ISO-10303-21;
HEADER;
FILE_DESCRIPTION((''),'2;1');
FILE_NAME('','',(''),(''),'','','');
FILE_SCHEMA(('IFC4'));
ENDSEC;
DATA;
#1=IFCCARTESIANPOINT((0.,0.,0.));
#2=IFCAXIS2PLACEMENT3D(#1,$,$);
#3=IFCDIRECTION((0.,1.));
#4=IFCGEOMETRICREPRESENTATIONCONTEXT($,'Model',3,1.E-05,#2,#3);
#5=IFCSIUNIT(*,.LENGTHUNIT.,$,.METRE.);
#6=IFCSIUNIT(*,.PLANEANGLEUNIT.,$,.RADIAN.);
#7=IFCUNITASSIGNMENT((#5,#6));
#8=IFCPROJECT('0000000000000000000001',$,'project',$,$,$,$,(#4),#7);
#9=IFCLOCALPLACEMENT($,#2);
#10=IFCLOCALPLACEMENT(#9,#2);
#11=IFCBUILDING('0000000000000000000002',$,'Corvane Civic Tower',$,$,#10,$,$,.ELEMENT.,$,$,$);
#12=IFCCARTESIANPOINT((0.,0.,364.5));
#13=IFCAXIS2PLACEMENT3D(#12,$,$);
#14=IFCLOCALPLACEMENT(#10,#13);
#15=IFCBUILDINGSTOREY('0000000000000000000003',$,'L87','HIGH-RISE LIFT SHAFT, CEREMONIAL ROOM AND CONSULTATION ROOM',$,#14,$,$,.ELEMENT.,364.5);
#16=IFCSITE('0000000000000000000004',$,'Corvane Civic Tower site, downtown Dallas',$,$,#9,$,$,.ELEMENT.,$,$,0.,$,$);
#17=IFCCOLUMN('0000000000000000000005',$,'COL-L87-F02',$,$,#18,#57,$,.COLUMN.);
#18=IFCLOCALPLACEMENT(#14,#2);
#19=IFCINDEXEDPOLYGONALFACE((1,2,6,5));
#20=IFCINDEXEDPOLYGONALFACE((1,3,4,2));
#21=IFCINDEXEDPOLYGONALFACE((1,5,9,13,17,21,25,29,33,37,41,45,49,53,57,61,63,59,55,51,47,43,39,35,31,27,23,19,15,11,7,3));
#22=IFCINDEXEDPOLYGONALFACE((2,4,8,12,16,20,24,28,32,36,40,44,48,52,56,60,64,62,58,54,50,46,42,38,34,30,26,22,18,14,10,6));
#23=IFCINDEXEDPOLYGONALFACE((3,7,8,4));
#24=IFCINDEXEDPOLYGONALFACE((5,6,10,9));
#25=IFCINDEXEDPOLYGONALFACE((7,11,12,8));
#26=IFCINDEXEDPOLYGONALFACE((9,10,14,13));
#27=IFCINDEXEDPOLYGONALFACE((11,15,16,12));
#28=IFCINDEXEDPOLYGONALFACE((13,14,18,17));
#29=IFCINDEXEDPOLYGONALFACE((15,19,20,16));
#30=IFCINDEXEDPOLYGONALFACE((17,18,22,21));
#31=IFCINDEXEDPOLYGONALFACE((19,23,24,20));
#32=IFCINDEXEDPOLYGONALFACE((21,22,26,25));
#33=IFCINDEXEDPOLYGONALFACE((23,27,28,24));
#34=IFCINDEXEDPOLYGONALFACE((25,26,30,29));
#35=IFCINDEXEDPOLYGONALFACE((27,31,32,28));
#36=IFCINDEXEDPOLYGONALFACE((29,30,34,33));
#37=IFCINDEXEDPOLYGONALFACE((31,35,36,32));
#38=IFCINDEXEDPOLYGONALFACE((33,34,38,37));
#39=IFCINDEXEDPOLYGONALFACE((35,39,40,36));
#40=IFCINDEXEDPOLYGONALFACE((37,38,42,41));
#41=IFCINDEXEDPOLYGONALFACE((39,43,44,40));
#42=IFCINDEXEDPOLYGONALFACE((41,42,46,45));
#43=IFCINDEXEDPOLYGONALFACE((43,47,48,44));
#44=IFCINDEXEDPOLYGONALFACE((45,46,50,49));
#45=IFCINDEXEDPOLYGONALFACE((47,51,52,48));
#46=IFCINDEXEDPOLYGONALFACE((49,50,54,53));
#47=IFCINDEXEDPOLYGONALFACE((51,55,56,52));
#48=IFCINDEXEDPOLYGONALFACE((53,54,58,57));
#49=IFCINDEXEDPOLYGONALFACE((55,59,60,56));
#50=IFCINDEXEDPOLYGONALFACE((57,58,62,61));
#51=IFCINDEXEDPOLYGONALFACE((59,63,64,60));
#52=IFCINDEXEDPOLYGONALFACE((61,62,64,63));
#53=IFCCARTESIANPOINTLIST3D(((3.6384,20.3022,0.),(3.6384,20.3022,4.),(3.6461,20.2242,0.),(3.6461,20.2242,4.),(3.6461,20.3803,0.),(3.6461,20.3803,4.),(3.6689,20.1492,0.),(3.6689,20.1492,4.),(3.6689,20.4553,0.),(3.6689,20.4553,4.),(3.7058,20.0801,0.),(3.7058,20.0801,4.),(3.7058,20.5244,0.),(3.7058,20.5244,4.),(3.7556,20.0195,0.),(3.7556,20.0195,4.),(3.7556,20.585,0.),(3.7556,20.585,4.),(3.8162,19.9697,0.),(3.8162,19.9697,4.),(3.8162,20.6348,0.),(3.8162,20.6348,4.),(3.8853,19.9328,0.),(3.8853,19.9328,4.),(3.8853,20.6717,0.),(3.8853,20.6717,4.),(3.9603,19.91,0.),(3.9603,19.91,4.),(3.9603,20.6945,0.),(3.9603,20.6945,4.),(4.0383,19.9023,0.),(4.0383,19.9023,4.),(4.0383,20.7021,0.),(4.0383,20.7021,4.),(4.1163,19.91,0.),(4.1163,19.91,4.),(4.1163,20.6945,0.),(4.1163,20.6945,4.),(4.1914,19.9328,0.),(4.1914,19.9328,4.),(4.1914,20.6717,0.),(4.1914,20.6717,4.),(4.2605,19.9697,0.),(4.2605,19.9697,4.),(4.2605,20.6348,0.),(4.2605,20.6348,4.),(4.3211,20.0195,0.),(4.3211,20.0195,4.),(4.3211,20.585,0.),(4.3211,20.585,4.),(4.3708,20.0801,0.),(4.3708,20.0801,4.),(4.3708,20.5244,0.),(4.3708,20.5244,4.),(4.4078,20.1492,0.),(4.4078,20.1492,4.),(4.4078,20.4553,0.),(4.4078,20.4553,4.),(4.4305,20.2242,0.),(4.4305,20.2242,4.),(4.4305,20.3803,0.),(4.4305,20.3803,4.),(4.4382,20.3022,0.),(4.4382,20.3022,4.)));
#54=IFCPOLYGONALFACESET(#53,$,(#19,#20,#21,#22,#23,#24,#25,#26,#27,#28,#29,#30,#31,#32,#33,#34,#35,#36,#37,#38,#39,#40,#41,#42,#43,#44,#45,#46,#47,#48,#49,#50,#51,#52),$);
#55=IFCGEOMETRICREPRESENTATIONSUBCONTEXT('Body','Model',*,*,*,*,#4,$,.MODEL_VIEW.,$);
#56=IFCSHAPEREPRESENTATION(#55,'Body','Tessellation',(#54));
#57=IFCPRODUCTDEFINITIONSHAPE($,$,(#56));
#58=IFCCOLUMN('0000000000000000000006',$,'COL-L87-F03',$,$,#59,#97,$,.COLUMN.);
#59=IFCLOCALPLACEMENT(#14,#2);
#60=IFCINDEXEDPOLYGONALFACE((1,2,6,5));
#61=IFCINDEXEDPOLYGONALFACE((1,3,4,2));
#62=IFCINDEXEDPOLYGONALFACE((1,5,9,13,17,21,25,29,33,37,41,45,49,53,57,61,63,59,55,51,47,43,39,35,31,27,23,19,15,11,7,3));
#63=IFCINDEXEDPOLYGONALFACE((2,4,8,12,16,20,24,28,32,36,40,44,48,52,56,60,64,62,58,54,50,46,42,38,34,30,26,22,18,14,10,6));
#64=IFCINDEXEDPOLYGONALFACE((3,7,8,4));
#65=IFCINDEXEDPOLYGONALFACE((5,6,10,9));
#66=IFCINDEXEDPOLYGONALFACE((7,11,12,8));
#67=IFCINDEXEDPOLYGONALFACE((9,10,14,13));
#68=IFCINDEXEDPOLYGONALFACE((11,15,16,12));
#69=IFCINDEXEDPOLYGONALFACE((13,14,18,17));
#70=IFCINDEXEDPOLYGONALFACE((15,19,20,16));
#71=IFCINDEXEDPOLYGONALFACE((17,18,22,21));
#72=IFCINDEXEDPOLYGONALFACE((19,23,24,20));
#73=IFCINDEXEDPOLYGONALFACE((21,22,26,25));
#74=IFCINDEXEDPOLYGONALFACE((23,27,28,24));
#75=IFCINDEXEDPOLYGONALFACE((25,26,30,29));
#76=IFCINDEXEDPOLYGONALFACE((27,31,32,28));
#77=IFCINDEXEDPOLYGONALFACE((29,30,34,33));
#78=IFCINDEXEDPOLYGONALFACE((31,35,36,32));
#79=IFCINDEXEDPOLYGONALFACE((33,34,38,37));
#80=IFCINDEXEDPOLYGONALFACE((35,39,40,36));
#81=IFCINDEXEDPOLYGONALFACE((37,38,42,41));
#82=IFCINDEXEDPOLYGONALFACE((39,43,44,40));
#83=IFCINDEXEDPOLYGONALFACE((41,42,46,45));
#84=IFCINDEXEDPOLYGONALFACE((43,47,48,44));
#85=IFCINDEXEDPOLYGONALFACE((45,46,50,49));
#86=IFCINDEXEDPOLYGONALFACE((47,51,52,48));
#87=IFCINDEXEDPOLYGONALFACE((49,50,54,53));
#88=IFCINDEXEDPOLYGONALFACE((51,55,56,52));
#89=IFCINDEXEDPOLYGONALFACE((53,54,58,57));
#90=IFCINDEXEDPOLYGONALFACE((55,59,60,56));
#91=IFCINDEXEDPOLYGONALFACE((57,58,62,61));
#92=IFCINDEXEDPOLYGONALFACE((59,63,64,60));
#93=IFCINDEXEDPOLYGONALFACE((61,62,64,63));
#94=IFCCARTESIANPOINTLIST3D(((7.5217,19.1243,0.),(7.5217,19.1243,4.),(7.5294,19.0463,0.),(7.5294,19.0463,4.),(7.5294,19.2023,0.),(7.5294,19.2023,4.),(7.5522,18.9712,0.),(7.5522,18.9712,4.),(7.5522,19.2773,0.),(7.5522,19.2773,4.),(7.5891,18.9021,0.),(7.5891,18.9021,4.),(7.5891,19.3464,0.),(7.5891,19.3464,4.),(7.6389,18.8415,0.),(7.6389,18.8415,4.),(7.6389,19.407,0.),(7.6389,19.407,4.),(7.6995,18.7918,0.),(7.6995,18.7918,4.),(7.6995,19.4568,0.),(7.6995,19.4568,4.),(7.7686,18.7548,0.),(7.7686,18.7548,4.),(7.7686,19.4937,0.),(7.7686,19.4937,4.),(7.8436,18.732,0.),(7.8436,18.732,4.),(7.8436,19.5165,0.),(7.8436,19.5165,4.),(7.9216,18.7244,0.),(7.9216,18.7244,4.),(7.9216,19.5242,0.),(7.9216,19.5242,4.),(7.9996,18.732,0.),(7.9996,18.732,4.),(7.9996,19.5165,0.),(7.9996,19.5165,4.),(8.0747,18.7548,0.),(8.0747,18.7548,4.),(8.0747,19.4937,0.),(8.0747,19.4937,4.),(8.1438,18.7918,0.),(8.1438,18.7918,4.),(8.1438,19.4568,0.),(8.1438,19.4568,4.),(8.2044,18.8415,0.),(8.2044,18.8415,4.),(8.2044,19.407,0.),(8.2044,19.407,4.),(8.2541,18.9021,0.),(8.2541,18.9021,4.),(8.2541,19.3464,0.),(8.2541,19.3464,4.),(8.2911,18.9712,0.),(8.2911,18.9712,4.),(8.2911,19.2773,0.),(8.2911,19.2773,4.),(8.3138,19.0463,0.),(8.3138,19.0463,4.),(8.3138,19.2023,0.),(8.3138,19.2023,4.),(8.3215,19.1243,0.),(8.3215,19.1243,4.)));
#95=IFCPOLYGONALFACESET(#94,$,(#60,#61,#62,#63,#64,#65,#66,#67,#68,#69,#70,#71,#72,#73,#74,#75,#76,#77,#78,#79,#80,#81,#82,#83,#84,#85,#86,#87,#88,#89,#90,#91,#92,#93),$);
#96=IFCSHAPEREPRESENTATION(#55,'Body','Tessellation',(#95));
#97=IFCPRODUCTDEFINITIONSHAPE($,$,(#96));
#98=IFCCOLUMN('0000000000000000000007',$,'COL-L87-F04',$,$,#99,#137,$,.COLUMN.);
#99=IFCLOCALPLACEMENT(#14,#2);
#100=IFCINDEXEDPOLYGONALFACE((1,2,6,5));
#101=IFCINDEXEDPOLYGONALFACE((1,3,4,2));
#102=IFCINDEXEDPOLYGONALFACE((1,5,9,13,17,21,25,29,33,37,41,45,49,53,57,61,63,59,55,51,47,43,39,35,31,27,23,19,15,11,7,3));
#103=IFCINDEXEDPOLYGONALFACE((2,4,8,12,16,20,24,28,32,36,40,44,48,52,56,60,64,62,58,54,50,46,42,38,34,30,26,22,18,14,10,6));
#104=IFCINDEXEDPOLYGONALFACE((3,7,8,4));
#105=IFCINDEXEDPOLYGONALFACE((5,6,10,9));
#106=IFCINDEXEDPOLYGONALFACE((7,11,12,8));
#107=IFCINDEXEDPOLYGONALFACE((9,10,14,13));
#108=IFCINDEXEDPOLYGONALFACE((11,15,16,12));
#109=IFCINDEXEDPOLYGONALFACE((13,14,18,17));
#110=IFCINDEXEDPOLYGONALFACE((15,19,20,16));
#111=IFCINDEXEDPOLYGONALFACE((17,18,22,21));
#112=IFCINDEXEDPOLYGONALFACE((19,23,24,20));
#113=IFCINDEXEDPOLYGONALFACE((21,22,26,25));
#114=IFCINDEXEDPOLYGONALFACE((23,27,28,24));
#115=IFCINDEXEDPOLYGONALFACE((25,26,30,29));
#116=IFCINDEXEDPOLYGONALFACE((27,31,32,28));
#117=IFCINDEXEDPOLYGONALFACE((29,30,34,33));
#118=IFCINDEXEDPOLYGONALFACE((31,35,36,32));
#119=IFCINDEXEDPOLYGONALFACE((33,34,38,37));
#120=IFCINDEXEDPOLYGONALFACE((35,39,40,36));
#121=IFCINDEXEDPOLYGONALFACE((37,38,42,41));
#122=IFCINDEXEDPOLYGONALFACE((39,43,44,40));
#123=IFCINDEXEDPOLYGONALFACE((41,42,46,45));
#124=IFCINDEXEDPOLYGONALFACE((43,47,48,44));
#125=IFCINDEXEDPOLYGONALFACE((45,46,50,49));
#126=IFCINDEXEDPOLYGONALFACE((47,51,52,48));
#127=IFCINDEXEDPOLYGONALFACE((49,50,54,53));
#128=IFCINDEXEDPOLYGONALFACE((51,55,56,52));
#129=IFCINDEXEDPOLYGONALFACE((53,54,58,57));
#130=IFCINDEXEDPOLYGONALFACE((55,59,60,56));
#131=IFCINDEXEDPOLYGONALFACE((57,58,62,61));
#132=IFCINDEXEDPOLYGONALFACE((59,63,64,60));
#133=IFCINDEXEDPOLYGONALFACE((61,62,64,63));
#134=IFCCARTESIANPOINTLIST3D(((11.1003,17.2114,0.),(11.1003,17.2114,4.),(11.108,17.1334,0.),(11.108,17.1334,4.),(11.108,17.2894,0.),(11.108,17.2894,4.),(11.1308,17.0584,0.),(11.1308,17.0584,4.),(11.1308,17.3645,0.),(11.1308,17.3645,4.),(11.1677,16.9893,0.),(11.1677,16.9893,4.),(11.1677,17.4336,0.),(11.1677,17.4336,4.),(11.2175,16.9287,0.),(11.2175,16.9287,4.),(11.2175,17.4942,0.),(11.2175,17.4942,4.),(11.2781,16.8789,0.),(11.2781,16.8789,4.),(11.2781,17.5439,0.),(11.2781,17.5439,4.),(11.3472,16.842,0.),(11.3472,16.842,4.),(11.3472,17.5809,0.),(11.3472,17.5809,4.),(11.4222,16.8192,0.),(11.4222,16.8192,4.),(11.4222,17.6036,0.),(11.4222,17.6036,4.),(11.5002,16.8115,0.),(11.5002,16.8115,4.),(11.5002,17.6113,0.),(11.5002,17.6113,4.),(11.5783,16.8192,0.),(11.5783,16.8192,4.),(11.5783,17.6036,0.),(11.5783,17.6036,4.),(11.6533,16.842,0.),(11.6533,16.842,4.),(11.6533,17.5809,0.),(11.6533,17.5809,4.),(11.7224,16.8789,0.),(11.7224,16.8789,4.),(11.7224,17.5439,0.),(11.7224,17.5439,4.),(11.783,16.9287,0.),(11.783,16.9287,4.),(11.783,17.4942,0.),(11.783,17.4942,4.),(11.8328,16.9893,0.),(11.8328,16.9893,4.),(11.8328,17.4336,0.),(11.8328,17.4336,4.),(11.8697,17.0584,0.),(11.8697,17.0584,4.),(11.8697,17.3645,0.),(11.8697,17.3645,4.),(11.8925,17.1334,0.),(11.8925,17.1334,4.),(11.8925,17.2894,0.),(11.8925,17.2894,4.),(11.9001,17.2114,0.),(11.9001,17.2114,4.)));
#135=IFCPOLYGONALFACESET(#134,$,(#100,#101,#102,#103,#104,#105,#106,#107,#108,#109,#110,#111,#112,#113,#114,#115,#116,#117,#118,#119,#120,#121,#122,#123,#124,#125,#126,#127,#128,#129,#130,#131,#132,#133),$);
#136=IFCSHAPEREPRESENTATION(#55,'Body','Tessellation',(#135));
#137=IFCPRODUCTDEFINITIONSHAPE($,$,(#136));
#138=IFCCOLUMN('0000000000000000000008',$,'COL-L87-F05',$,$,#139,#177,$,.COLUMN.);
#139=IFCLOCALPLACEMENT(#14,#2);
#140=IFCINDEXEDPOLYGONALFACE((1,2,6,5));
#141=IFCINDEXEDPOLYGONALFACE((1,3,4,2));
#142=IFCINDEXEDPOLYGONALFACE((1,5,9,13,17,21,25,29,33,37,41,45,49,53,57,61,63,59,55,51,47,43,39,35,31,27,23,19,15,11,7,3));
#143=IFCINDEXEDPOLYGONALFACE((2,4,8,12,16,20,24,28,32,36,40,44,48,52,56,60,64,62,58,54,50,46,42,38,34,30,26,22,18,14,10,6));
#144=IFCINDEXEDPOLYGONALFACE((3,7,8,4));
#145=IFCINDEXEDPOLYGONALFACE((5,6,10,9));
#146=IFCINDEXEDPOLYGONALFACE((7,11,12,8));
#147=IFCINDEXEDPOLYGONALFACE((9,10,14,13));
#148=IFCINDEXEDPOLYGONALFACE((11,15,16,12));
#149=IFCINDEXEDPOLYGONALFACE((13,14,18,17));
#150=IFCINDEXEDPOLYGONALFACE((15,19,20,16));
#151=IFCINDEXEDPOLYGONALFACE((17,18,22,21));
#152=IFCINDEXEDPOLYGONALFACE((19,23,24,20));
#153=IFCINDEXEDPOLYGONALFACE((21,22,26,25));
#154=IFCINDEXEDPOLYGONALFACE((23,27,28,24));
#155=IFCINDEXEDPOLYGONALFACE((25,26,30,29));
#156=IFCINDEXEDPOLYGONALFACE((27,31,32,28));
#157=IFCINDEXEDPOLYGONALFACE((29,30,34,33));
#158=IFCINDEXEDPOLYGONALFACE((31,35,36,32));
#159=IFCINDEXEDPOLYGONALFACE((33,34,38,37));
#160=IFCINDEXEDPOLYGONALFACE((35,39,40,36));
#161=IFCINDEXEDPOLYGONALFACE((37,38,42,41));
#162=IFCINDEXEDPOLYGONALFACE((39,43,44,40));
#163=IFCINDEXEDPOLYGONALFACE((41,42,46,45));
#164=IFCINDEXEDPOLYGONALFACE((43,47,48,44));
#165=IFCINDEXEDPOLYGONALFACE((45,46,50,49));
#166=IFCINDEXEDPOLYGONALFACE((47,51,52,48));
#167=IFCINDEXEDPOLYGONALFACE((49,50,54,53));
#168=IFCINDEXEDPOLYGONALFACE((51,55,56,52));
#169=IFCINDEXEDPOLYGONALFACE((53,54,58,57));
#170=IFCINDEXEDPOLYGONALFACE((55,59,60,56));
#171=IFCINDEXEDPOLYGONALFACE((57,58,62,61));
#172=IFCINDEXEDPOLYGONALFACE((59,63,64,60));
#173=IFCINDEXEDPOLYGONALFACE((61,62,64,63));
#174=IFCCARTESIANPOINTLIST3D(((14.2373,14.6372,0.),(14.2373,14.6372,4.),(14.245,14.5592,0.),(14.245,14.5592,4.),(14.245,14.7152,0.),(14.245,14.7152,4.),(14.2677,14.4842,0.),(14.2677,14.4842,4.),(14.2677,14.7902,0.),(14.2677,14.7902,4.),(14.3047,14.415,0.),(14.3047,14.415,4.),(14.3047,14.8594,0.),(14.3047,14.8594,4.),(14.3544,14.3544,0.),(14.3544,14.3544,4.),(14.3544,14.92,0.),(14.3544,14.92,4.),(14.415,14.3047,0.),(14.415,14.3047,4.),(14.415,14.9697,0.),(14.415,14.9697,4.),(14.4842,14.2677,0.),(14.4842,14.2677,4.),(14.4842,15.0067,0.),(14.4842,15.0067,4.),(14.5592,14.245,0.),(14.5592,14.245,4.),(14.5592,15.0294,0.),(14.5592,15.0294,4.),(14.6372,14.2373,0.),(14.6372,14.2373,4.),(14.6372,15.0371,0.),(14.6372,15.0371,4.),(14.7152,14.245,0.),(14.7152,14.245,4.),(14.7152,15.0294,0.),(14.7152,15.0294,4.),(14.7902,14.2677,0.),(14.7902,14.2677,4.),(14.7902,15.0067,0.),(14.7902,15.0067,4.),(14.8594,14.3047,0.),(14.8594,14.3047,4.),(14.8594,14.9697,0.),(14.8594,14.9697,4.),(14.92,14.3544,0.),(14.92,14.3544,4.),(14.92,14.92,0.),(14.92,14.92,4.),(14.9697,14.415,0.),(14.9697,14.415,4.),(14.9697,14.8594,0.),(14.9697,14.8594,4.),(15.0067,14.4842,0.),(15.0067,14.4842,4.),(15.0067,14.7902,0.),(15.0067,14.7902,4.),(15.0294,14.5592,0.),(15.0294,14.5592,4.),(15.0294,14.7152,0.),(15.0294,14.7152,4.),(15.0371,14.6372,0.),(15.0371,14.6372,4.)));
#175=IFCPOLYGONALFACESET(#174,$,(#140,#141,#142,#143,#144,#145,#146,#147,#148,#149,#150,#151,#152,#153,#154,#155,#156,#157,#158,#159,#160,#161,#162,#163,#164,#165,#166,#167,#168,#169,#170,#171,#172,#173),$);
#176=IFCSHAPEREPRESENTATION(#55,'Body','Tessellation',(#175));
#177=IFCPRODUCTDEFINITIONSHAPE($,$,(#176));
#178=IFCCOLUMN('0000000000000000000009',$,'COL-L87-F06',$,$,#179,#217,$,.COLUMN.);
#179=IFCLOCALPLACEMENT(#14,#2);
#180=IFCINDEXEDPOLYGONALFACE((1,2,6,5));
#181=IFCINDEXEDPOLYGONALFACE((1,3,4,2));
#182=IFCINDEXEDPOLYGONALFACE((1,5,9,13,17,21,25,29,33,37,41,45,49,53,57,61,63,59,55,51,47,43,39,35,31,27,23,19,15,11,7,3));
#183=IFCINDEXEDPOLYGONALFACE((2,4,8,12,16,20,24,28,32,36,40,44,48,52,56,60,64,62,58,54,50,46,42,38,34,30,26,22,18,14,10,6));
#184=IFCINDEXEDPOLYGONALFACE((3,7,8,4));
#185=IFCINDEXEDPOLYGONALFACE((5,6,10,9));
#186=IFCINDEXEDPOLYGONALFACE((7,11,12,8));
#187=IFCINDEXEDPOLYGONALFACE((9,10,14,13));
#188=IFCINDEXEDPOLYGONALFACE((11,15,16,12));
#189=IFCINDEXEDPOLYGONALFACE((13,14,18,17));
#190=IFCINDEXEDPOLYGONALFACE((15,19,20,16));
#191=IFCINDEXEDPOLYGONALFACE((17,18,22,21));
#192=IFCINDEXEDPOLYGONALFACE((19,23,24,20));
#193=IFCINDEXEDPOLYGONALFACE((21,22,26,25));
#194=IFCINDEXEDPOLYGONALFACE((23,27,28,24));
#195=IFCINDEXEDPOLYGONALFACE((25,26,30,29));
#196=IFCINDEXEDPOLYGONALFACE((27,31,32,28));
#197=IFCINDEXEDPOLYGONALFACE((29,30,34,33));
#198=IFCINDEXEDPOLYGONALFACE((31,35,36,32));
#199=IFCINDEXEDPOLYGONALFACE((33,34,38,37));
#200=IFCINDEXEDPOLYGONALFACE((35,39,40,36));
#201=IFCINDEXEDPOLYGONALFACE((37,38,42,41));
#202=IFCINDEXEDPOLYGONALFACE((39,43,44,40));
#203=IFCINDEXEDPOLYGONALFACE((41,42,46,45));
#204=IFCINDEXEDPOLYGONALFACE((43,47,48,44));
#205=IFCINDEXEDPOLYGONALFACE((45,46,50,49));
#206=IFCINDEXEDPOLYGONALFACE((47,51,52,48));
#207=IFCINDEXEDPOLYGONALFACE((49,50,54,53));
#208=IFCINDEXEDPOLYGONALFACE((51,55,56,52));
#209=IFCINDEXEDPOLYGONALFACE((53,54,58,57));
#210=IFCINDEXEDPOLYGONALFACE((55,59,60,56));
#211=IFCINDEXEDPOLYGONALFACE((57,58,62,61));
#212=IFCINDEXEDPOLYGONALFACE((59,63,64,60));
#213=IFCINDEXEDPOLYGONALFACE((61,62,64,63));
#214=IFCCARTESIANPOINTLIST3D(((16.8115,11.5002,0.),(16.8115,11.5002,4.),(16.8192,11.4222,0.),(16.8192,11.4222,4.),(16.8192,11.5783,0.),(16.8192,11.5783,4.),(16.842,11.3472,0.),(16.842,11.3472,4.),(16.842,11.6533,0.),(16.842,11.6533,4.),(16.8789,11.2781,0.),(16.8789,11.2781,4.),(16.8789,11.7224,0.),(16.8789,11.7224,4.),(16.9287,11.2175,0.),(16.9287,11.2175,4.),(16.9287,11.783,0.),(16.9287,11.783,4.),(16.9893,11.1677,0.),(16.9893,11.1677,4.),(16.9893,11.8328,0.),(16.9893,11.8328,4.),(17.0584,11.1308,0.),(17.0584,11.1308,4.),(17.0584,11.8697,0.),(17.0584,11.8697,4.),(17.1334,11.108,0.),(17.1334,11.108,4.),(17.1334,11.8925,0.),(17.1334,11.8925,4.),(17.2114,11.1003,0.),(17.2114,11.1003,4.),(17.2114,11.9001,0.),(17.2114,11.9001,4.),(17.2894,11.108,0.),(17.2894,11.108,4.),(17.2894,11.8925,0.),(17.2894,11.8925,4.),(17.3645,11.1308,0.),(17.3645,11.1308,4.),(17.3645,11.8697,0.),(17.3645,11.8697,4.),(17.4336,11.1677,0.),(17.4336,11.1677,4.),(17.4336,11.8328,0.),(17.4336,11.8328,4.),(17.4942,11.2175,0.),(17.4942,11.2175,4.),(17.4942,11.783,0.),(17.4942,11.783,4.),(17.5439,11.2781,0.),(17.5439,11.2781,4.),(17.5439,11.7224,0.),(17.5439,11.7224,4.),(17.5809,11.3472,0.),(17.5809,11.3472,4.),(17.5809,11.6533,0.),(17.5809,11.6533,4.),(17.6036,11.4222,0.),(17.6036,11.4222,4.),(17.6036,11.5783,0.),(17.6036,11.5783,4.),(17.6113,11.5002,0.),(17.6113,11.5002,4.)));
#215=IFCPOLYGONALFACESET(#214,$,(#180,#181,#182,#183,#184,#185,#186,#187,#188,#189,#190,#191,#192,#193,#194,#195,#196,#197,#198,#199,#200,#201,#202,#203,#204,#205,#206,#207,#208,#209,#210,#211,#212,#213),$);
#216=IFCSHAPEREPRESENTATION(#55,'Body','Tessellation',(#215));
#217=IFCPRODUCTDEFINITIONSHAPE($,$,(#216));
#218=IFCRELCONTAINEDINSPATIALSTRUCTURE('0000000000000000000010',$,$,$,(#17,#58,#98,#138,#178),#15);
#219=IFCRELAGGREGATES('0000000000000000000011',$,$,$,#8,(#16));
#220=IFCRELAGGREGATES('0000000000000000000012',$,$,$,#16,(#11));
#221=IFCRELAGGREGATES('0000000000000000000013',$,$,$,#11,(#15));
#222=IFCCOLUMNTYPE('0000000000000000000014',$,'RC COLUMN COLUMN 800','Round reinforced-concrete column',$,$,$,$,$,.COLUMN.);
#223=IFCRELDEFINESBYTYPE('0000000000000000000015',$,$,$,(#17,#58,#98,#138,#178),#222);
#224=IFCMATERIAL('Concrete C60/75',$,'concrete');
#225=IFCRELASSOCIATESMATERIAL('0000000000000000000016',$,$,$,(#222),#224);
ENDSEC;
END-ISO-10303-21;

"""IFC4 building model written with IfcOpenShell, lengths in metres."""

from ifc_helpers import new_model, si_unit, direction, frame, origin, origin_2d, place, context, subcontext, project, spatial, circle, extrude, material, material_profile, profile_set, type_object, element, save


model = new_model("IFC4")

# Units and contexts
model_context = context("Model", 3, precision=1e-05, world=origin(), true_north=direction((0.0, 1.0)))
body_context = subcontext(model_context, "Body", "Model", "MODEL_VIEW")
ifc_project = project(units=[si_unit("LENGTHUNIT", "METRE"), si_unit("PLANEANGLEUNIT", "RADIAN")], contexts=[model_context])

# Site, building, storey
site_placement = place(None, origin())
site = spatial("IfcSite", under=ifc_project, at=site_placement, Name="Corvane Civic Tower site, downtown Dallas", CompositionType="ELEMENT", RefElevation=0.0)
building_placement = place(site_placement, origin())
building = spatial("IfcBuilding", under=site, at=building_placement, Name="Corvane Civic Tower", CompositionType="ELEMENT")
storey_placement = place(building_placement, frame((0.0, 0.0, 364.5)))
storey = spatial("IfcBuildingStorey", under=building, at=storey_placement, Name="L87", Description="HIGH-RISE LIFT SHAFT, CEREMONIAL ROOM AND CONSULTATION ROOM", CompositionType="ELEMENT", Elevation=364.5)

# Columns
ifc_material_1 = material(Name="Concrete C60/75", Category="concrete")
ifc_material_profile_1 = material_profile(ifc_material_1, circle(Radius=0.3999, at=origin_2d()), Name="COLUMN 800")
ifc_profile_set_1 = profile_set([ifc_material_profile_1], Name="Concrete C60/75")
column_type = type_object("IfcColumnType", Name="RC COLUMN COLUMN 800", Description="Round reinforced-concrete column", PredefinedType="COLUMN", material=ifc_profile_set_1)
for number, where, z_axis, x_axis, name in (
    (1, (4.0383, 20.3022, 0.0), (0.0, 0.0, 1.0), (1.0, 0.0, 0.0), "COL-L87-F02"),
    (2, (7.9216, 19.1243, 0.0), (0.0, 0.0, 1.0), (1.0, 0.0, 0.0), "COL-L87-F03"),
    (3, (11.5002, 17.2114, 0.0), (0.0, 0.0, 1.0), (1.0, 0.0, 0.0), "COL-L87-F04"),
    (4, (14.6372, 14.6372, 0.0), (0.0, 0.0, 1.0), (1.0, 0.0, 0.0), "COL-L87-F05"),
    (5, (17.2114, 11.5002, 0.0), (0.0, 0.0, 1.0), (1.0, 0.0, 0.0), "COL-L87-F06"),
):
    element("IfcColumn", number, at=place(storey_placement, frame(where, z_axis=z_axis, x_axis=x_axis)), inside=storey, type_object=column_type, Name=name, PredefinedType="COLUMN", context=body_context, shape_type="SweptSolid", body=[
        extrude(circle(Radius=0.3999, at=origin_2d()), origin(), (0.0, 0.0, 1.0), 4.0),
    ])

save(model, "model.ifc")
